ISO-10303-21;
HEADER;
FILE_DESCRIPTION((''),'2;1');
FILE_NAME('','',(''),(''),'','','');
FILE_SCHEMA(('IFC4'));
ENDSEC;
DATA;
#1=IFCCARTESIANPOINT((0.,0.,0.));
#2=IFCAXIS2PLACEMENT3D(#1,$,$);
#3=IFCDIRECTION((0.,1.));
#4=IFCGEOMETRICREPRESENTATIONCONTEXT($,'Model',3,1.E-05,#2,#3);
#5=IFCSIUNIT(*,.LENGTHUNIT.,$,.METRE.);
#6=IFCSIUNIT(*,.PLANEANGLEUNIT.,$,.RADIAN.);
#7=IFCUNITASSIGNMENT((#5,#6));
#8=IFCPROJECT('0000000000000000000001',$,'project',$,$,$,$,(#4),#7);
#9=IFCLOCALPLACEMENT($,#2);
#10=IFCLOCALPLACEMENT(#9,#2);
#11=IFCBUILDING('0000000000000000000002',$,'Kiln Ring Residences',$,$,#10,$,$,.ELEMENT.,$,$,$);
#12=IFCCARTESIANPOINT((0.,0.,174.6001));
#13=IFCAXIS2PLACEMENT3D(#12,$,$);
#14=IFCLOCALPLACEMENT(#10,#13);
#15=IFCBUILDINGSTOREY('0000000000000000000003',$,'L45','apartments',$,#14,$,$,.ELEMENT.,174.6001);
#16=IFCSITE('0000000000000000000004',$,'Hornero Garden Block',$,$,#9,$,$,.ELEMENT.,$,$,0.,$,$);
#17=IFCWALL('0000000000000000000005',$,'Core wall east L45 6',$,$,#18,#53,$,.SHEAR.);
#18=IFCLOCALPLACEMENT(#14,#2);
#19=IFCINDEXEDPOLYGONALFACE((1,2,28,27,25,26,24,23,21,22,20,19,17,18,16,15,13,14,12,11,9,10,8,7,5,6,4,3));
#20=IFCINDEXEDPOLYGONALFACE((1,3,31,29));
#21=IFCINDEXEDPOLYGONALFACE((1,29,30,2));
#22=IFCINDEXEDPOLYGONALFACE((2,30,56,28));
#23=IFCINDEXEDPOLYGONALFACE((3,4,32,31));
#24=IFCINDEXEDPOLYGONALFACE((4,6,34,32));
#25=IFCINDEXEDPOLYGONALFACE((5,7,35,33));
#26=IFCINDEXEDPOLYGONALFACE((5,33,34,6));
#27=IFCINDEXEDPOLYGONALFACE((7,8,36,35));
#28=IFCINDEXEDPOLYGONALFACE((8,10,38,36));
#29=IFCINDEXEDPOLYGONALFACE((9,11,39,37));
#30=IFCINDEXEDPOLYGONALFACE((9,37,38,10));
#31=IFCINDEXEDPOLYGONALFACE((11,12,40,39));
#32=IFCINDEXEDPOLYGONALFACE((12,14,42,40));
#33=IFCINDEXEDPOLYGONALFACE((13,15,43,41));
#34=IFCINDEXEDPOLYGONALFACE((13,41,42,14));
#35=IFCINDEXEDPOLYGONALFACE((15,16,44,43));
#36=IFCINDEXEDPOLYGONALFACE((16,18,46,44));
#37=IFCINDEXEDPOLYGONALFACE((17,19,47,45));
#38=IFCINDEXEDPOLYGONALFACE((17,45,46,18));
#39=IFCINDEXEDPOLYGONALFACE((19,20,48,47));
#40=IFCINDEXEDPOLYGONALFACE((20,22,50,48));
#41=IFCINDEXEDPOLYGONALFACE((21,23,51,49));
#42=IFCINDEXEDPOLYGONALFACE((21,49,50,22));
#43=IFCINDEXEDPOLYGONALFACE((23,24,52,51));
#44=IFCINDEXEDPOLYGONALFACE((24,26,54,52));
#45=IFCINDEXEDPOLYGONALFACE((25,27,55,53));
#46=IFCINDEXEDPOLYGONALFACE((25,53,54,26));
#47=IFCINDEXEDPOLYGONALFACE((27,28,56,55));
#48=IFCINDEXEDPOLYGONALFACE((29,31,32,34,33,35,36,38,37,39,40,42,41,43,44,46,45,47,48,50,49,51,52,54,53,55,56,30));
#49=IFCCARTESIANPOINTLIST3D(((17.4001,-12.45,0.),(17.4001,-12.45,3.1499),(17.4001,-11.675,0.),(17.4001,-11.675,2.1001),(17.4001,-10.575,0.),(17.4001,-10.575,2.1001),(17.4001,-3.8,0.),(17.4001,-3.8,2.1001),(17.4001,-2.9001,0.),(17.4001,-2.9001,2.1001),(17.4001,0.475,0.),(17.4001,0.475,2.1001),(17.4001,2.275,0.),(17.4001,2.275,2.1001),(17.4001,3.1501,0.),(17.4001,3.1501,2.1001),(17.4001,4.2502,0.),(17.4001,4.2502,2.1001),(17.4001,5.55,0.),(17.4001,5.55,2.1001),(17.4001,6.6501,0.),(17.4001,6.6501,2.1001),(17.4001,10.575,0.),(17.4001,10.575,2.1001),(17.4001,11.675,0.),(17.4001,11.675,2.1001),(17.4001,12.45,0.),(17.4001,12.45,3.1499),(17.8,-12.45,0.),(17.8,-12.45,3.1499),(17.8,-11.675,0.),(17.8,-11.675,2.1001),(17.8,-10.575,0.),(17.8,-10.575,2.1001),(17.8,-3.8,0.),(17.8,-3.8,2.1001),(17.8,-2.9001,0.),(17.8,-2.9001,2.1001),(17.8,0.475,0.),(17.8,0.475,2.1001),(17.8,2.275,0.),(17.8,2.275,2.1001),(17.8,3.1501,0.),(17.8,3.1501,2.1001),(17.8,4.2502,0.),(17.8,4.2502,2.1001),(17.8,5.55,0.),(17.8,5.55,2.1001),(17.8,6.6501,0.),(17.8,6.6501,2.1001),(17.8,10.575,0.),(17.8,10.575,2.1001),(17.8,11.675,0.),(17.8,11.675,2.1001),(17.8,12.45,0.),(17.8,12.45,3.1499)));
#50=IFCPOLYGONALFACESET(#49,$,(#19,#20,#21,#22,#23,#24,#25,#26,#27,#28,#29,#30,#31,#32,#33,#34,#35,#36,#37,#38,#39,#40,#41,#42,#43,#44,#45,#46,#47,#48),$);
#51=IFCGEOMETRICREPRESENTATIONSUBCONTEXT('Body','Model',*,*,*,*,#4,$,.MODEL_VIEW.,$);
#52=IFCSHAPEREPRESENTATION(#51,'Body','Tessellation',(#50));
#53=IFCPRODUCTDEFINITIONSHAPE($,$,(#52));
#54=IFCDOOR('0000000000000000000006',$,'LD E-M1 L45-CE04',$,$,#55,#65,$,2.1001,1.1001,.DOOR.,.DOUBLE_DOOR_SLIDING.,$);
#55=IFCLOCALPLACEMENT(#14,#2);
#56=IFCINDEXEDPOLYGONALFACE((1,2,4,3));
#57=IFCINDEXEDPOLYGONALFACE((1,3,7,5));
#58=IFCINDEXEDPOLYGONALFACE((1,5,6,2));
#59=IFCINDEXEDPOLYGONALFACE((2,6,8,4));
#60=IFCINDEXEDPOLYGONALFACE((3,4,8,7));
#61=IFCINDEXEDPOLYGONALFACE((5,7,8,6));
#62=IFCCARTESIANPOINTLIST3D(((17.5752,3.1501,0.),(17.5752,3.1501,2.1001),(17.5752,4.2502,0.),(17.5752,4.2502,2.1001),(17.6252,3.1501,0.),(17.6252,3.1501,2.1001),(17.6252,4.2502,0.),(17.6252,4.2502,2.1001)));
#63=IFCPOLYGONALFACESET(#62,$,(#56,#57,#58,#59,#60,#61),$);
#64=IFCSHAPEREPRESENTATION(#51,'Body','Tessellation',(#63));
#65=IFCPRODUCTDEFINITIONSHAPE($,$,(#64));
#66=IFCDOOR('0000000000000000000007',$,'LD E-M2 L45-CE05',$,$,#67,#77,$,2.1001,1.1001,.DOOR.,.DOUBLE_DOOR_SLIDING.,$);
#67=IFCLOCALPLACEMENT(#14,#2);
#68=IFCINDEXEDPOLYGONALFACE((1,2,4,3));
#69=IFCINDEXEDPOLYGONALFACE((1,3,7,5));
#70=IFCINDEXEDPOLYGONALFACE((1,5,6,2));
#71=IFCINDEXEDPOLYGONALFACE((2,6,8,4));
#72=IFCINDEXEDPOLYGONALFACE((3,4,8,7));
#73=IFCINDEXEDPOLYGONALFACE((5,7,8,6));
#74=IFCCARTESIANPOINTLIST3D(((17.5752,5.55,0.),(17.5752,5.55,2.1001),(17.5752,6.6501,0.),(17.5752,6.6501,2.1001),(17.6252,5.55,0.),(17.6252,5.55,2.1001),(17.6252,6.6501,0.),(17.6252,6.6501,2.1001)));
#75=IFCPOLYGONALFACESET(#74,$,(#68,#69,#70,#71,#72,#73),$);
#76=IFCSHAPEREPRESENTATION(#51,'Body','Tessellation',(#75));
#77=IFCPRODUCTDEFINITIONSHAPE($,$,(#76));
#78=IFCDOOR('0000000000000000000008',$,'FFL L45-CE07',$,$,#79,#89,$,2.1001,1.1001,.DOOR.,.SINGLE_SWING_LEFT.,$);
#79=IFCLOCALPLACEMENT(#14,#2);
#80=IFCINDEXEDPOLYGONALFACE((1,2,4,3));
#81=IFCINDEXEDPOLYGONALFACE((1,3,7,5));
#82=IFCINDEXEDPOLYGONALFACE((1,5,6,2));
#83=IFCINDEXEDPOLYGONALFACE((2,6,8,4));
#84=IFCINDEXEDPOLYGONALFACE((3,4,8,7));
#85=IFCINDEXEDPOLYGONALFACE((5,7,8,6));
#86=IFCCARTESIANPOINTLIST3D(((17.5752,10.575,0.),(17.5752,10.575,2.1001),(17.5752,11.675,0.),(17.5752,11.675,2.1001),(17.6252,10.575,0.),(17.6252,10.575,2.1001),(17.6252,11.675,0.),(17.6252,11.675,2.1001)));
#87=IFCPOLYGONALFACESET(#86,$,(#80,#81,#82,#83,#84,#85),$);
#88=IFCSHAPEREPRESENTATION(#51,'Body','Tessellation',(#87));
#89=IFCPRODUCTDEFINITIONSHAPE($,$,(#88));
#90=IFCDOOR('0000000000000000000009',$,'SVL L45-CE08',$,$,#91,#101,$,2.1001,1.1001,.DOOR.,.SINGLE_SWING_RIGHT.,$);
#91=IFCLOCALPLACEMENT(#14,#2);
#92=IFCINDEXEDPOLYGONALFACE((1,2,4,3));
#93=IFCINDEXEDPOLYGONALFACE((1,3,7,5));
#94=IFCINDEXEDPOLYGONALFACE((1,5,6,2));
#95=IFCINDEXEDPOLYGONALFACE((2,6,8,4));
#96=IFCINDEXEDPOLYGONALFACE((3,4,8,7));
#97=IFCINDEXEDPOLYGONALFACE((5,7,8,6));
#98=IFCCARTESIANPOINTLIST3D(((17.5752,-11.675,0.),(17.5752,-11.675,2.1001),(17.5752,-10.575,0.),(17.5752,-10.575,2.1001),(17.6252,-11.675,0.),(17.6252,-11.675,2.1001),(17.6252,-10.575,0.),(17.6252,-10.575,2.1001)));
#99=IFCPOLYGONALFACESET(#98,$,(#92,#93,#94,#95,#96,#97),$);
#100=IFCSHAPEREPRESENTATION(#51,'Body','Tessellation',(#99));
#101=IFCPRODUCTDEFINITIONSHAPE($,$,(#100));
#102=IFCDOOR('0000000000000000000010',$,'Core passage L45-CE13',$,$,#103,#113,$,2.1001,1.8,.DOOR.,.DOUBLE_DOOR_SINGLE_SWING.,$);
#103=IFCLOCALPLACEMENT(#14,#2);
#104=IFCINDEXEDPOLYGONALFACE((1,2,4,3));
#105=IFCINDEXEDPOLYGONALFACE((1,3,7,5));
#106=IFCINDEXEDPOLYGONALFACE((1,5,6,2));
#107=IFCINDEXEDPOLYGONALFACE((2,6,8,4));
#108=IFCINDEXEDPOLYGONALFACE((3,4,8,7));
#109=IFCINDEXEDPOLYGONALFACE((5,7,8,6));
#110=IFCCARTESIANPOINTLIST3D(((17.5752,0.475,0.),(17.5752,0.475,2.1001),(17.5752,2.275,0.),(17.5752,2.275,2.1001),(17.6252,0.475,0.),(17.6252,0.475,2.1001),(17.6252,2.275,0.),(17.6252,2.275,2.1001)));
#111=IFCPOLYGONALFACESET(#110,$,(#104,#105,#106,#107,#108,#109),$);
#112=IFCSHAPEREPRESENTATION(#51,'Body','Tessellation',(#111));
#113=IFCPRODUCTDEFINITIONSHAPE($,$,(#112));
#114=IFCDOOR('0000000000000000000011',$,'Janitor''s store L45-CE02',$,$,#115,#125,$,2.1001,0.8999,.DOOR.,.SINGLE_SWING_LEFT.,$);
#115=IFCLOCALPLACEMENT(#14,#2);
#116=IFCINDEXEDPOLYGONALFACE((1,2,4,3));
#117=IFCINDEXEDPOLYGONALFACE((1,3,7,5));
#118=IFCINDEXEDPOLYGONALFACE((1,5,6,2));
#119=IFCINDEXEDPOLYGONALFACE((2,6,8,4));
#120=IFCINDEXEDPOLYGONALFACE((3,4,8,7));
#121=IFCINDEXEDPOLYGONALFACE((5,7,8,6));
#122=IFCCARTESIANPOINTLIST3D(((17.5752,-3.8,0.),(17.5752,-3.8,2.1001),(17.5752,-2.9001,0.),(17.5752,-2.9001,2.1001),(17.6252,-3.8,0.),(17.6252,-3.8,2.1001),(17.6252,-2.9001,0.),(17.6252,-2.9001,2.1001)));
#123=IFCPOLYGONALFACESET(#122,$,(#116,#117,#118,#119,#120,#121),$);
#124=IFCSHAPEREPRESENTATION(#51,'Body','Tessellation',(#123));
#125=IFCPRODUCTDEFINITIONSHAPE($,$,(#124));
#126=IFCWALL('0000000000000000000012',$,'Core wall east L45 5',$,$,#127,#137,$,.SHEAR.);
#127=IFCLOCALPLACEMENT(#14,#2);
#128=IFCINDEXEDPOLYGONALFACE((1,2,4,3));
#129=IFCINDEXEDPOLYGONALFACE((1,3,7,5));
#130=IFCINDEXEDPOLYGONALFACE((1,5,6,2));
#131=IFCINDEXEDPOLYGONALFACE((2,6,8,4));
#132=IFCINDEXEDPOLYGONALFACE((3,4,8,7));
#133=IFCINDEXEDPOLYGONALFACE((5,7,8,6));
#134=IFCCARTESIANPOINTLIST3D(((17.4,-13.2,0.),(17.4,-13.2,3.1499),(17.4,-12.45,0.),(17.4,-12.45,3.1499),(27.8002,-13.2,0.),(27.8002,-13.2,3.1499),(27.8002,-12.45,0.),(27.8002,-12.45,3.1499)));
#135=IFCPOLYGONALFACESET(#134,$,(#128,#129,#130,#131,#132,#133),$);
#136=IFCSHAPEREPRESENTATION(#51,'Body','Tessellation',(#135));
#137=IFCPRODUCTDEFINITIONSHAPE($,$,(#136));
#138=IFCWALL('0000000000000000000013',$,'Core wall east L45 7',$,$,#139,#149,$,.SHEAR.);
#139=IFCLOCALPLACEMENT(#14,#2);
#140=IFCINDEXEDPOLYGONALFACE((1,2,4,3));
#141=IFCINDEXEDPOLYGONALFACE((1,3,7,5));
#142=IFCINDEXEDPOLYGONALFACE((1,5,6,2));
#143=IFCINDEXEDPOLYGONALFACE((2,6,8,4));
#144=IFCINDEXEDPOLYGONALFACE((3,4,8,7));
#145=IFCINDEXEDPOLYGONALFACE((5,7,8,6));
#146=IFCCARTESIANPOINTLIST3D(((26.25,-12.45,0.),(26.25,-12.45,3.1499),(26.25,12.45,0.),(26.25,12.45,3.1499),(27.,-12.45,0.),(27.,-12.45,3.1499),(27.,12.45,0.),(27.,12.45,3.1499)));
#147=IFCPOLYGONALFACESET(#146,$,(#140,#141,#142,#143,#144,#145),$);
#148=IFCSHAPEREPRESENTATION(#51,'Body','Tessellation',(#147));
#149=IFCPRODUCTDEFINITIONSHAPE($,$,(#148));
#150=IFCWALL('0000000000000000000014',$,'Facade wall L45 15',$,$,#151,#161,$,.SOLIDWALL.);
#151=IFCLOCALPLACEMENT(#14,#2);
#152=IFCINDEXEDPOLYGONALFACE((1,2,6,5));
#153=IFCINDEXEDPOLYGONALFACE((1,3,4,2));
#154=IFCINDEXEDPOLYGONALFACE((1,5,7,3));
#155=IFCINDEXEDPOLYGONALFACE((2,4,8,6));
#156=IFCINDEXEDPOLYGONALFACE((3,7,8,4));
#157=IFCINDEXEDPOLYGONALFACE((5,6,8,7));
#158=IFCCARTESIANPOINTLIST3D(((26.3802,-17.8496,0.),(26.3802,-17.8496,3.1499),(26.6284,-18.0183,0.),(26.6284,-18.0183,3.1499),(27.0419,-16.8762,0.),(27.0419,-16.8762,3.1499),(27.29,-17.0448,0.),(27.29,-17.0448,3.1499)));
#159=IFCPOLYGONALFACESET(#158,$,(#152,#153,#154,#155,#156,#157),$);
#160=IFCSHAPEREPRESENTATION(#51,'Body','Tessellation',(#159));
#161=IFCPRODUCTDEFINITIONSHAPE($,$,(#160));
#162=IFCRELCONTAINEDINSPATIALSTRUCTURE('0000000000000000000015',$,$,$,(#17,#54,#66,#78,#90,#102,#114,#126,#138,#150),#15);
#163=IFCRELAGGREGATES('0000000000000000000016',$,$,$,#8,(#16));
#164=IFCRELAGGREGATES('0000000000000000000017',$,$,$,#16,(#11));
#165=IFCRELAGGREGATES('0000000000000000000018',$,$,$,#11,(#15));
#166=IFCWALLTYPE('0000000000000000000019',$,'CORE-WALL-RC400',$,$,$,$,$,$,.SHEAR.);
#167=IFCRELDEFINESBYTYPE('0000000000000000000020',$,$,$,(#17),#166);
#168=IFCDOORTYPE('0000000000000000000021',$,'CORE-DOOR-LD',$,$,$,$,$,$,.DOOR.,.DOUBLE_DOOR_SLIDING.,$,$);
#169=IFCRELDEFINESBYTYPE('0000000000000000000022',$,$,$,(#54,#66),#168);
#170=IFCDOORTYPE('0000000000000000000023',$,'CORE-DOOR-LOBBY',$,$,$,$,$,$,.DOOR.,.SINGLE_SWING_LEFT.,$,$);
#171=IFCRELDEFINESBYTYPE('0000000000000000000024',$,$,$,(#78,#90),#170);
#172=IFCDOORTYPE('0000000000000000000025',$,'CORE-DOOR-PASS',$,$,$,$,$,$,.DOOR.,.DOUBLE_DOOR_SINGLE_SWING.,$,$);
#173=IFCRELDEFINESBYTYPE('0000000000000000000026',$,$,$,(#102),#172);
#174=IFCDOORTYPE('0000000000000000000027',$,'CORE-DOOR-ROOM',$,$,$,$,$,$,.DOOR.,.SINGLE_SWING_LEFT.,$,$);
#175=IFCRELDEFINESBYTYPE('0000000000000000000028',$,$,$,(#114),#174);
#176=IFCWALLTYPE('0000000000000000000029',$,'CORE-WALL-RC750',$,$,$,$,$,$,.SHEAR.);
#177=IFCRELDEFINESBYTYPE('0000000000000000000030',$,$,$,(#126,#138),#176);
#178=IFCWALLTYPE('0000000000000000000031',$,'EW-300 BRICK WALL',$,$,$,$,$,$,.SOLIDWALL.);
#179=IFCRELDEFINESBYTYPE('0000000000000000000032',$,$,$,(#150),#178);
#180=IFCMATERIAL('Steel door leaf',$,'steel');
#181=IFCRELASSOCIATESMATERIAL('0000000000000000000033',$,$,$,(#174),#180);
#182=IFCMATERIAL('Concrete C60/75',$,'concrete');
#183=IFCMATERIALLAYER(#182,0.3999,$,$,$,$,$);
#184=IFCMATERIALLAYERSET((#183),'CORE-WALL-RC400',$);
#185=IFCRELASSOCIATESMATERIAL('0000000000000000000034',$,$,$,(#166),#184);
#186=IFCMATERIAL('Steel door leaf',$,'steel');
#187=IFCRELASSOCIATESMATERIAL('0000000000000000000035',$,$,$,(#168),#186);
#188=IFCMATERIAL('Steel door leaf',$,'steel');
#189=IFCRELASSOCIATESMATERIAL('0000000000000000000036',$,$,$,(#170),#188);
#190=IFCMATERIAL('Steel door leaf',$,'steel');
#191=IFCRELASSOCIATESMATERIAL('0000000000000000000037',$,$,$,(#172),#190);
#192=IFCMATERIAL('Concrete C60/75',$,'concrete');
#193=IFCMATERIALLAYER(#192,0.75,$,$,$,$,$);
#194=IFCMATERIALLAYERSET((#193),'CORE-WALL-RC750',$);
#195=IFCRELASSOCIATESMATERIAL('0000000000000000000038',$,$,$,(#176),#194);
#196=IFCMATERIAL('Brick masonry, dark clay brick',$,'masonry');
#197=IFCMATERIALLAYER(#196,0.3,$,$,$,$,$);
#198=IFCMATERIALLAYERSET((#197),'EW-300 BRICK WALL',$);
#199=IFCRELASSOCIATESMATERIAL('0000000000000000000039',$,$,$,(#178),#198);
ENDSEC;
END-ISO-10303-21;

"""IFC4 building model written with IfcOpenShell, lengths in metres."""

from ifc_helpers import new_model, si_unit, direction, frame, frame_2d, origin, place, context, subcontext, project, spatial, rectangle, extrude, material, layer, layer_set, type_object, element, fill, save


model = new_model("IFC4")

# Units and contexts
model_context = context("Model", 3, precision=1e-05, world=origin(), true_north=direction((0.0, 1.0)))
body_context = subcontext(model_context, "Body", "Model", "MODEL_VIEW")
ifc_project = project(units=[si_unit("LENGTHUNIT", "METRE"), si_unit("PLANEANGLEUNIT", "RADIAN")], contexts=[model_context])

# Site, building, storey
site_placement = place(None, origin())
site = spatial("IfcSite", under=ifc_project, at=site_placement, Name="Hornero Garden Block", CompositionType="ELEMENT", RefElevation=0.0)
building_placement = place(site_placement, origin())
building = spatial("IfcBuilding", under=site, at=building_placement, Name="Kiln Ring Residences", CompositionType="ELEMENT")
storey_placement = place(building_placement, frame((0.0, 0.0, 174.6001)))
storey = spatial("IfcBuildingStorey", under=building, at=storey_placement, Name="L45", Description="apartments", CompositionType="ELEMENT", Elevation=174.6001)

# Shared definitions
ifc_material_1 = material(Name="Steel door leaf", Category="steel")
door_type_1 = type_object("IfcDoorType", Name="CORE-DOOR-ROOM", OperationType="SINGLE_SWING_LEFT", PredefinedType="DOOR", material=ifc_material_1)

# Wall, openings, doors
ifc_material_2 = material(Name="Concrete C60/75", Category="concrete")
ifc_layer_1 = layer(ifc_material_2, 0.3999)
ifc_layer_set_1 = layer_set([ifc_layer_1], Name="CORE-WALL-RC400")
wall_type_1 = type_object("IfcWallType", Name="CORE-WALL-RC400", PredefinedType="SHEAR", material=ifc_layer_set_1)
wall_1_placement = place(storey_placement, frame((17.6001, -12.45, 0.0), z_axis=(0.0, 0.0, 1.0), x_axis=(0.0, 1.0, 0.0)))
wall_1 = element("IfcWall", 1, at=wall_1_placement, inside=storey, type_object=wall_type_1, Name="Core wall east L45 6", PredefinedType="SHEAR", context=body_context, shape_type="SweptSolid", body=[
    extrude(rectangle(XDim=24.8999, YDim=0.3999, at=frame_2d((12.45, 0.0))), origin(), (0.0, 0.0, 1.0), 3.1499),
])
opening_1_placement = place(wall_1_placement, frame((8.6499, 0.0, 0.0)))
opening_1 = element("IfcOpeningElement", 2, at=opening_1_placement, cuts=wall_1, PredefinedType="OPENING", context=body_context, shape_type="SweptSolid", body=[
    extrude(rectangle(XDim=0.8999, YDim=2.1001, at=frame_2d((0.45, 1.05))), frame((0.0, 0.21, 0.0), z_axis=(0.0, -1.0, 0.0), x_axis=(1.0, 0.0, 0.0)), (0.0, 0.0, 1.0), 0.4199),
])
opening_2_placement = place(wall_1_placement, frame((15.6001, 0.0, 0.0)))
opening_2 = element("IfcOpeningElement", 3, at=opening_2_placement, cuts=wall_1, PredefinedType="OPENING", context=body_context, shape_type="SweptSolid", body=[
    extrude(rectangle(XDim=1.1001, YDim=2.1001, at=frame_2d((0.55, 1.05))), frame((0.0, 0.21, 0.0), z_axis=(0.0, -1.0, 0.0), x_axis=(1.0, 0.0, 0.0)), (0.0, 0.0, 1.0), 0.4199),
])
opening_3_placement = place(wall_1_placement, frame((18.0, 0.0, 0.0)))
opening_3 = element("IfcOpeningElement", 4, at=opening_3_placement, cuts=wall_1, PredefinedType="OPENING", context=body_context, shape_type="SweptSolid", body=[
    extrude(rectangle(XDim=1.1001, YDim=2.1001, at=frame_2d((0.55, 1.05))), frame((0.0, 0.21, 0.0), z_axis=(0.0, -1.0, 0.0), x_axis=(1.0, 0.0, 0.0)), (0.0, 0.0, 1.0), 0.4199),
])
opening_4_placement = place(wall_1_placement, frame((23.0249, 0.0, 0.0)))
opening_4 = element("IfcOpeningElement", 5, at=opening_4_placement, cuts=wall_1, PredefinedType="OPENING", context=body_context, shape_type="SweptSolid", body=[
    extrude(rectangle(XDim=1.1001, YDim=2.1001, at=frame_2d((0.55, 1.05))), frame((0.0, 0.21, 0.0), z_axis=(0.0, -1.0, 0.0), x_axis=(1.0, 0.0, 0.0)), (0.0, 0.0, 1.0), 0.4199),
])
opening_5_placement = place(wall_1_placement, frame((0.7749, 0.0, 0.0)))
opening_5 = element("IfcOpeningElement", 6, at=opening_5_placement, cuts=wall_1, PredefinedType="OPENING", context=body_context, shape_type="SweptSolid", body=[
    extrude(rectangle(XDim=1.1001, YDim=2.1001, at=frame_2d((0.55, 1.05))), frame((0.0, 0.21, 0.0), z_axis=(0.0, -1.0, 0.0), x_axis=(1.0, 0.0, 0.0)), (0.0, 0.0, 1.0), 0.4199),
])
opening_6_placement = place(wall_1_placement, frame((12.925, 0.0, 0.0)))
opening_6 = element("IfcOpeningElement", 7, at=opening_6_placement, cuts=wall_1, PredefinedType="OPENING", context=body_context, shape_type="SweptSolid", body=[
    extrude(rectangle(XDim=1.8, YDim=2.1001, at=frame_2d((0.8999, 1.05))), frame((0.0, 0.21, 0.0), z_axis=(0.0, -1.0, 0.0), x_axis=(1.0, 0.0, 0.0)), (0.0, 0.0, 1.0), 0.4199),
])
ifc_material_3 = material(Name="Steel door leaf", Category="steel")
door_type_2 = type_object("IfcDoorType", Name="CORE-DOOR-LD", OperationType="DOUBLE_DOOR_SLIDING", PredefinedType="DOOR", material=ifc_material_3)
door_1_placement = place(opening_2_placement, origin())
door_1 = element("IfcDoor", 8, at=door_1_placement, inside=storey, type_object=door_type_2, Name="LD E-M1 L45-CE04", OperationType="DOUBLE_DOOR_SLIDING", OverallHeight=2.1001, OverallWidth=1.1001, PredefinedType="DOOR", context=body_context, shape_type="SweptSolid", body=[
    extrude(rectangle(XDim=1.1001, YDim=2.1001, at=frame_2d((0.55, 1.05))), frame((0.0, 0.0249, 0.0), z_axis=(0.0, -1.0, 0.0), x_axis=(1.0, 0.0, 0.0)), (0.0, 0.0, 1.0), 0.05),
])
fill(opening_2, door_1)
door_2_placement = place(opening_3_placement, origin())
door_2 = element("IfcDoor", 9, at=door_2_placement, inside=storey, type_object=door_type_2, Name="LD E-M2 L45-CE05", OperationType="DOUBLE_DOOR_SLIDING", OverallHeight=2.1001, OverallWidth=1.1001, PredefinedType="DOOR", context=body_context, shape_type="SweptSolid", body=[
    extrude(rectangle(XDim=1.1001, YDim=2.1001, at=frame_2d((0.55, 1.05))), frame((0.0, 0.0249, 0.0), z_axis=(0.0, -1.0, 0.0), x_axis=(1.0, 0.0, 0.0)), (0.0, 0.0, 1.0), 0.05),
])
fill(opening_3, door_2)
ifc_material_4 = material(Name="Steel door leaf", Category="steel")
door_type_3 = type_object("IfcDoorType", Name="CORE-DOOR-LOBBY", OperationType="SINGLE_SWING_LEFT", PredefinedType="DOOR", material=ifc_material_4)
door_3_placement = place(opening_4_placement, origin())
door_3 = element("IfcDoor", 10, at=door_3_placement, inside=storey, type_object=door_type_3, Name="FFL L45-CE07", OperationType="SINGLE_SWING_LEFT", OverallHeight=2.1001, OverallWidth=1.1001, PredefinedType="DOOR", context=body_context, shape_type="SweptSolid", body=[
    extrude(rectangle(XDim=1.1001, YDim=2.1001, at=frame_2d((0.55, 1.05))), frame((0.0, 0.0249, 0.0), z_axis=(0.0, -1.0, 0.0), x_axis=(1.0, 0.0, 0.0)), (0.0, 0.0, 1.0), 0.05),
])
fill(opening_4, door_3)
door_4_placement = place(opening_5_placement, origin())
door_4 = element("IfcDoor", 11, at=door_4_placement, inside=storey, type_object=door_type_3, Name="SVL L45-CE08", OperationType="SINGLE_SWING_RIGHT", OverallHeight=2.1001, OverallWidth=1.1001, PredefinedType="DOOR", context=body_context, shape_type="SweptSolid", body=[
    extrude(rectangle(XDim=1.1001, YDim=2.1001, at=frame_2d((0.55, 1.05))), frame((0.0, 0.0249, 0.0), z_axis=(0.0, -1.0, 0.0), x_axis=(1.0, 0.0, 0.0)), (0.0, 0.0, 1.0), 0.05),
])
fill(opening_5, door_4)
ifc_material_5 = material(Name="Steel door leaf", Category="steel")
door_type_4 = type_object("IfcDoorType", Name="CORE-DOOR-PASS", OperationType="DOUBLE_DOOR_SINGLE_SWING", PredefinedType="DOOR", material=ifc_material_5)
door_5_placement = place(opening_6_placement, origin())
door_5 = element("IfcDoor", 12, at=door_5_placement, inside=storey, type_object=door_type_4, Name="Core passage L45-CE13", OperationType="DOUBLE_DOOR_SINGLE_SWING", OverallHeight=2.1001, OverallWidth=1.8, PredefinedType="DOOR", context=body_context, shape_type="SweptSolid", body=[
    extrude(rectangle(XDim=1.8, YDim=2.1001, at=frame_2d((0.8999, 1.05))), frame((0.0, 0.0249, 0.0), z_axis=(0.0, -1.0, 0.0), x_axis=(1.0, 0.0, 0.0)), (0.0, 0.0, 1.0), 0.05),
])
fill(opening_6, door_5)
door_6_placement = place(opening_1_placement, origin())
door_6 = element("IfcDoor", 13, at=door_6_placement, inside=storey, type_object=door_type_1, Name="Janitor's store L45-CE02", OperationType="SINGLE_SWING_LEFT", OverallHeight=2.1001, OverallWidth=0.8999, PredefinedType="DOOR", context=body_context, shape_type="SweptSolid", body=[
    extrude(rectangle(XDim=0.8999, YDim=2.1001, at=frame_2d((0.45, 1.05))), frame((0.0, 0.0249, 0.0), z_axis=(0.0, -1.0, 0.0), x_axis=(1.0, 0.0, 0.0)), (0.0, 0.0, 1.0), 0.05),
])
fill(opening_1, door_6)

# Walls
ifc_material_6 = material(Name="Concrete C60/75", Category="concrete")
ifc_layer_2 = layer(ifc_material_6, 0.75)
ifc_layer_set_2 = layer_set([ifc_layer_2], Name="CORE-WALL-RC750")
wall_type_2 = type_object("IfcWallType", Name="CORE-WALL-RC750", PredefinedType="SHEAR", material=ifc_layer_set_2)
wall_2_placement = place(storey_placement, frame((17.3999, -12.825, 0.0), z_axis=(0.0, 0.0, 1.0), x_axis=(1.0, 0.0, 0.0)))
element("IfcWall", 14, at=wall_2_placement, inside=storey, type_object=wall_type_2, Name="Core wall east L45 5", PredefinedType="SHEAR", context=body_context, shape_type="SweptSolid", body=[
    extrude(rectangle(XDim=10.4001, YDim=0.75, at=frame_2d((5.2002, 0.0))), origin(), (0.0, 0.0, 1.0), 3.1499),
])
wall_3_placement = place(storey_placement, frame((26.625, -12.45, 0.0), z_axis=(0.0, 0.0, 1.0), x_axis=(0.0, 1.0, 0.0)))
element("IfcWall", 15, at=wall_3_placement, inside=storey, type_object=wall_type_2, Name="Core wall east L45 7", PredefinedType="SHEAR", context=body_context, shape_type="SweptSolid", body=[
    extrude(rectangle(XDim=24.8999, YDim=0.75, at=frame_2d((12.45, 0.0))), origin(), (0.0, 0.0, 1.0), 3.1499),
])
ifc_material_7 = material(Name="Brick masonry, dark clay brick", Category="masonry")
ifc_layer_3 = layer(ifc_material_7, 0.3)
ifc_layer_set_3 = layer_set([ifc_layer_3], Name="EW-300 BRICK WALL")
wall_type_3 = type_object("IfcWallType", Name="EW-300 BRICK WALL", PredefinedType="SOLIDWALL", material=ifc_layer_set_3)
wall_4_placement = place(storey_placement, frame((26.5044, -17.9338, 0.0), z_axis=(0.0, 0.0, 1.0), x_axis=(0.562145, 0.827038, 0.0)))
element("IfcWall", 16, at=wall_4_placement, inside=storey, type_object=wall_type_3, Name="Facade wall L45 15", PredefinedType="SOLIDWALL", context=body_context, shape_type="SweptSolid", body=[
    extrude(rectangle(XDim=1.177, YDim=0.3, at=frame_2d((0.5884, 0.0))), origin(), (0.0, 0.0, 1.0), 3.1499),
])

save(model, "model.ifc")
